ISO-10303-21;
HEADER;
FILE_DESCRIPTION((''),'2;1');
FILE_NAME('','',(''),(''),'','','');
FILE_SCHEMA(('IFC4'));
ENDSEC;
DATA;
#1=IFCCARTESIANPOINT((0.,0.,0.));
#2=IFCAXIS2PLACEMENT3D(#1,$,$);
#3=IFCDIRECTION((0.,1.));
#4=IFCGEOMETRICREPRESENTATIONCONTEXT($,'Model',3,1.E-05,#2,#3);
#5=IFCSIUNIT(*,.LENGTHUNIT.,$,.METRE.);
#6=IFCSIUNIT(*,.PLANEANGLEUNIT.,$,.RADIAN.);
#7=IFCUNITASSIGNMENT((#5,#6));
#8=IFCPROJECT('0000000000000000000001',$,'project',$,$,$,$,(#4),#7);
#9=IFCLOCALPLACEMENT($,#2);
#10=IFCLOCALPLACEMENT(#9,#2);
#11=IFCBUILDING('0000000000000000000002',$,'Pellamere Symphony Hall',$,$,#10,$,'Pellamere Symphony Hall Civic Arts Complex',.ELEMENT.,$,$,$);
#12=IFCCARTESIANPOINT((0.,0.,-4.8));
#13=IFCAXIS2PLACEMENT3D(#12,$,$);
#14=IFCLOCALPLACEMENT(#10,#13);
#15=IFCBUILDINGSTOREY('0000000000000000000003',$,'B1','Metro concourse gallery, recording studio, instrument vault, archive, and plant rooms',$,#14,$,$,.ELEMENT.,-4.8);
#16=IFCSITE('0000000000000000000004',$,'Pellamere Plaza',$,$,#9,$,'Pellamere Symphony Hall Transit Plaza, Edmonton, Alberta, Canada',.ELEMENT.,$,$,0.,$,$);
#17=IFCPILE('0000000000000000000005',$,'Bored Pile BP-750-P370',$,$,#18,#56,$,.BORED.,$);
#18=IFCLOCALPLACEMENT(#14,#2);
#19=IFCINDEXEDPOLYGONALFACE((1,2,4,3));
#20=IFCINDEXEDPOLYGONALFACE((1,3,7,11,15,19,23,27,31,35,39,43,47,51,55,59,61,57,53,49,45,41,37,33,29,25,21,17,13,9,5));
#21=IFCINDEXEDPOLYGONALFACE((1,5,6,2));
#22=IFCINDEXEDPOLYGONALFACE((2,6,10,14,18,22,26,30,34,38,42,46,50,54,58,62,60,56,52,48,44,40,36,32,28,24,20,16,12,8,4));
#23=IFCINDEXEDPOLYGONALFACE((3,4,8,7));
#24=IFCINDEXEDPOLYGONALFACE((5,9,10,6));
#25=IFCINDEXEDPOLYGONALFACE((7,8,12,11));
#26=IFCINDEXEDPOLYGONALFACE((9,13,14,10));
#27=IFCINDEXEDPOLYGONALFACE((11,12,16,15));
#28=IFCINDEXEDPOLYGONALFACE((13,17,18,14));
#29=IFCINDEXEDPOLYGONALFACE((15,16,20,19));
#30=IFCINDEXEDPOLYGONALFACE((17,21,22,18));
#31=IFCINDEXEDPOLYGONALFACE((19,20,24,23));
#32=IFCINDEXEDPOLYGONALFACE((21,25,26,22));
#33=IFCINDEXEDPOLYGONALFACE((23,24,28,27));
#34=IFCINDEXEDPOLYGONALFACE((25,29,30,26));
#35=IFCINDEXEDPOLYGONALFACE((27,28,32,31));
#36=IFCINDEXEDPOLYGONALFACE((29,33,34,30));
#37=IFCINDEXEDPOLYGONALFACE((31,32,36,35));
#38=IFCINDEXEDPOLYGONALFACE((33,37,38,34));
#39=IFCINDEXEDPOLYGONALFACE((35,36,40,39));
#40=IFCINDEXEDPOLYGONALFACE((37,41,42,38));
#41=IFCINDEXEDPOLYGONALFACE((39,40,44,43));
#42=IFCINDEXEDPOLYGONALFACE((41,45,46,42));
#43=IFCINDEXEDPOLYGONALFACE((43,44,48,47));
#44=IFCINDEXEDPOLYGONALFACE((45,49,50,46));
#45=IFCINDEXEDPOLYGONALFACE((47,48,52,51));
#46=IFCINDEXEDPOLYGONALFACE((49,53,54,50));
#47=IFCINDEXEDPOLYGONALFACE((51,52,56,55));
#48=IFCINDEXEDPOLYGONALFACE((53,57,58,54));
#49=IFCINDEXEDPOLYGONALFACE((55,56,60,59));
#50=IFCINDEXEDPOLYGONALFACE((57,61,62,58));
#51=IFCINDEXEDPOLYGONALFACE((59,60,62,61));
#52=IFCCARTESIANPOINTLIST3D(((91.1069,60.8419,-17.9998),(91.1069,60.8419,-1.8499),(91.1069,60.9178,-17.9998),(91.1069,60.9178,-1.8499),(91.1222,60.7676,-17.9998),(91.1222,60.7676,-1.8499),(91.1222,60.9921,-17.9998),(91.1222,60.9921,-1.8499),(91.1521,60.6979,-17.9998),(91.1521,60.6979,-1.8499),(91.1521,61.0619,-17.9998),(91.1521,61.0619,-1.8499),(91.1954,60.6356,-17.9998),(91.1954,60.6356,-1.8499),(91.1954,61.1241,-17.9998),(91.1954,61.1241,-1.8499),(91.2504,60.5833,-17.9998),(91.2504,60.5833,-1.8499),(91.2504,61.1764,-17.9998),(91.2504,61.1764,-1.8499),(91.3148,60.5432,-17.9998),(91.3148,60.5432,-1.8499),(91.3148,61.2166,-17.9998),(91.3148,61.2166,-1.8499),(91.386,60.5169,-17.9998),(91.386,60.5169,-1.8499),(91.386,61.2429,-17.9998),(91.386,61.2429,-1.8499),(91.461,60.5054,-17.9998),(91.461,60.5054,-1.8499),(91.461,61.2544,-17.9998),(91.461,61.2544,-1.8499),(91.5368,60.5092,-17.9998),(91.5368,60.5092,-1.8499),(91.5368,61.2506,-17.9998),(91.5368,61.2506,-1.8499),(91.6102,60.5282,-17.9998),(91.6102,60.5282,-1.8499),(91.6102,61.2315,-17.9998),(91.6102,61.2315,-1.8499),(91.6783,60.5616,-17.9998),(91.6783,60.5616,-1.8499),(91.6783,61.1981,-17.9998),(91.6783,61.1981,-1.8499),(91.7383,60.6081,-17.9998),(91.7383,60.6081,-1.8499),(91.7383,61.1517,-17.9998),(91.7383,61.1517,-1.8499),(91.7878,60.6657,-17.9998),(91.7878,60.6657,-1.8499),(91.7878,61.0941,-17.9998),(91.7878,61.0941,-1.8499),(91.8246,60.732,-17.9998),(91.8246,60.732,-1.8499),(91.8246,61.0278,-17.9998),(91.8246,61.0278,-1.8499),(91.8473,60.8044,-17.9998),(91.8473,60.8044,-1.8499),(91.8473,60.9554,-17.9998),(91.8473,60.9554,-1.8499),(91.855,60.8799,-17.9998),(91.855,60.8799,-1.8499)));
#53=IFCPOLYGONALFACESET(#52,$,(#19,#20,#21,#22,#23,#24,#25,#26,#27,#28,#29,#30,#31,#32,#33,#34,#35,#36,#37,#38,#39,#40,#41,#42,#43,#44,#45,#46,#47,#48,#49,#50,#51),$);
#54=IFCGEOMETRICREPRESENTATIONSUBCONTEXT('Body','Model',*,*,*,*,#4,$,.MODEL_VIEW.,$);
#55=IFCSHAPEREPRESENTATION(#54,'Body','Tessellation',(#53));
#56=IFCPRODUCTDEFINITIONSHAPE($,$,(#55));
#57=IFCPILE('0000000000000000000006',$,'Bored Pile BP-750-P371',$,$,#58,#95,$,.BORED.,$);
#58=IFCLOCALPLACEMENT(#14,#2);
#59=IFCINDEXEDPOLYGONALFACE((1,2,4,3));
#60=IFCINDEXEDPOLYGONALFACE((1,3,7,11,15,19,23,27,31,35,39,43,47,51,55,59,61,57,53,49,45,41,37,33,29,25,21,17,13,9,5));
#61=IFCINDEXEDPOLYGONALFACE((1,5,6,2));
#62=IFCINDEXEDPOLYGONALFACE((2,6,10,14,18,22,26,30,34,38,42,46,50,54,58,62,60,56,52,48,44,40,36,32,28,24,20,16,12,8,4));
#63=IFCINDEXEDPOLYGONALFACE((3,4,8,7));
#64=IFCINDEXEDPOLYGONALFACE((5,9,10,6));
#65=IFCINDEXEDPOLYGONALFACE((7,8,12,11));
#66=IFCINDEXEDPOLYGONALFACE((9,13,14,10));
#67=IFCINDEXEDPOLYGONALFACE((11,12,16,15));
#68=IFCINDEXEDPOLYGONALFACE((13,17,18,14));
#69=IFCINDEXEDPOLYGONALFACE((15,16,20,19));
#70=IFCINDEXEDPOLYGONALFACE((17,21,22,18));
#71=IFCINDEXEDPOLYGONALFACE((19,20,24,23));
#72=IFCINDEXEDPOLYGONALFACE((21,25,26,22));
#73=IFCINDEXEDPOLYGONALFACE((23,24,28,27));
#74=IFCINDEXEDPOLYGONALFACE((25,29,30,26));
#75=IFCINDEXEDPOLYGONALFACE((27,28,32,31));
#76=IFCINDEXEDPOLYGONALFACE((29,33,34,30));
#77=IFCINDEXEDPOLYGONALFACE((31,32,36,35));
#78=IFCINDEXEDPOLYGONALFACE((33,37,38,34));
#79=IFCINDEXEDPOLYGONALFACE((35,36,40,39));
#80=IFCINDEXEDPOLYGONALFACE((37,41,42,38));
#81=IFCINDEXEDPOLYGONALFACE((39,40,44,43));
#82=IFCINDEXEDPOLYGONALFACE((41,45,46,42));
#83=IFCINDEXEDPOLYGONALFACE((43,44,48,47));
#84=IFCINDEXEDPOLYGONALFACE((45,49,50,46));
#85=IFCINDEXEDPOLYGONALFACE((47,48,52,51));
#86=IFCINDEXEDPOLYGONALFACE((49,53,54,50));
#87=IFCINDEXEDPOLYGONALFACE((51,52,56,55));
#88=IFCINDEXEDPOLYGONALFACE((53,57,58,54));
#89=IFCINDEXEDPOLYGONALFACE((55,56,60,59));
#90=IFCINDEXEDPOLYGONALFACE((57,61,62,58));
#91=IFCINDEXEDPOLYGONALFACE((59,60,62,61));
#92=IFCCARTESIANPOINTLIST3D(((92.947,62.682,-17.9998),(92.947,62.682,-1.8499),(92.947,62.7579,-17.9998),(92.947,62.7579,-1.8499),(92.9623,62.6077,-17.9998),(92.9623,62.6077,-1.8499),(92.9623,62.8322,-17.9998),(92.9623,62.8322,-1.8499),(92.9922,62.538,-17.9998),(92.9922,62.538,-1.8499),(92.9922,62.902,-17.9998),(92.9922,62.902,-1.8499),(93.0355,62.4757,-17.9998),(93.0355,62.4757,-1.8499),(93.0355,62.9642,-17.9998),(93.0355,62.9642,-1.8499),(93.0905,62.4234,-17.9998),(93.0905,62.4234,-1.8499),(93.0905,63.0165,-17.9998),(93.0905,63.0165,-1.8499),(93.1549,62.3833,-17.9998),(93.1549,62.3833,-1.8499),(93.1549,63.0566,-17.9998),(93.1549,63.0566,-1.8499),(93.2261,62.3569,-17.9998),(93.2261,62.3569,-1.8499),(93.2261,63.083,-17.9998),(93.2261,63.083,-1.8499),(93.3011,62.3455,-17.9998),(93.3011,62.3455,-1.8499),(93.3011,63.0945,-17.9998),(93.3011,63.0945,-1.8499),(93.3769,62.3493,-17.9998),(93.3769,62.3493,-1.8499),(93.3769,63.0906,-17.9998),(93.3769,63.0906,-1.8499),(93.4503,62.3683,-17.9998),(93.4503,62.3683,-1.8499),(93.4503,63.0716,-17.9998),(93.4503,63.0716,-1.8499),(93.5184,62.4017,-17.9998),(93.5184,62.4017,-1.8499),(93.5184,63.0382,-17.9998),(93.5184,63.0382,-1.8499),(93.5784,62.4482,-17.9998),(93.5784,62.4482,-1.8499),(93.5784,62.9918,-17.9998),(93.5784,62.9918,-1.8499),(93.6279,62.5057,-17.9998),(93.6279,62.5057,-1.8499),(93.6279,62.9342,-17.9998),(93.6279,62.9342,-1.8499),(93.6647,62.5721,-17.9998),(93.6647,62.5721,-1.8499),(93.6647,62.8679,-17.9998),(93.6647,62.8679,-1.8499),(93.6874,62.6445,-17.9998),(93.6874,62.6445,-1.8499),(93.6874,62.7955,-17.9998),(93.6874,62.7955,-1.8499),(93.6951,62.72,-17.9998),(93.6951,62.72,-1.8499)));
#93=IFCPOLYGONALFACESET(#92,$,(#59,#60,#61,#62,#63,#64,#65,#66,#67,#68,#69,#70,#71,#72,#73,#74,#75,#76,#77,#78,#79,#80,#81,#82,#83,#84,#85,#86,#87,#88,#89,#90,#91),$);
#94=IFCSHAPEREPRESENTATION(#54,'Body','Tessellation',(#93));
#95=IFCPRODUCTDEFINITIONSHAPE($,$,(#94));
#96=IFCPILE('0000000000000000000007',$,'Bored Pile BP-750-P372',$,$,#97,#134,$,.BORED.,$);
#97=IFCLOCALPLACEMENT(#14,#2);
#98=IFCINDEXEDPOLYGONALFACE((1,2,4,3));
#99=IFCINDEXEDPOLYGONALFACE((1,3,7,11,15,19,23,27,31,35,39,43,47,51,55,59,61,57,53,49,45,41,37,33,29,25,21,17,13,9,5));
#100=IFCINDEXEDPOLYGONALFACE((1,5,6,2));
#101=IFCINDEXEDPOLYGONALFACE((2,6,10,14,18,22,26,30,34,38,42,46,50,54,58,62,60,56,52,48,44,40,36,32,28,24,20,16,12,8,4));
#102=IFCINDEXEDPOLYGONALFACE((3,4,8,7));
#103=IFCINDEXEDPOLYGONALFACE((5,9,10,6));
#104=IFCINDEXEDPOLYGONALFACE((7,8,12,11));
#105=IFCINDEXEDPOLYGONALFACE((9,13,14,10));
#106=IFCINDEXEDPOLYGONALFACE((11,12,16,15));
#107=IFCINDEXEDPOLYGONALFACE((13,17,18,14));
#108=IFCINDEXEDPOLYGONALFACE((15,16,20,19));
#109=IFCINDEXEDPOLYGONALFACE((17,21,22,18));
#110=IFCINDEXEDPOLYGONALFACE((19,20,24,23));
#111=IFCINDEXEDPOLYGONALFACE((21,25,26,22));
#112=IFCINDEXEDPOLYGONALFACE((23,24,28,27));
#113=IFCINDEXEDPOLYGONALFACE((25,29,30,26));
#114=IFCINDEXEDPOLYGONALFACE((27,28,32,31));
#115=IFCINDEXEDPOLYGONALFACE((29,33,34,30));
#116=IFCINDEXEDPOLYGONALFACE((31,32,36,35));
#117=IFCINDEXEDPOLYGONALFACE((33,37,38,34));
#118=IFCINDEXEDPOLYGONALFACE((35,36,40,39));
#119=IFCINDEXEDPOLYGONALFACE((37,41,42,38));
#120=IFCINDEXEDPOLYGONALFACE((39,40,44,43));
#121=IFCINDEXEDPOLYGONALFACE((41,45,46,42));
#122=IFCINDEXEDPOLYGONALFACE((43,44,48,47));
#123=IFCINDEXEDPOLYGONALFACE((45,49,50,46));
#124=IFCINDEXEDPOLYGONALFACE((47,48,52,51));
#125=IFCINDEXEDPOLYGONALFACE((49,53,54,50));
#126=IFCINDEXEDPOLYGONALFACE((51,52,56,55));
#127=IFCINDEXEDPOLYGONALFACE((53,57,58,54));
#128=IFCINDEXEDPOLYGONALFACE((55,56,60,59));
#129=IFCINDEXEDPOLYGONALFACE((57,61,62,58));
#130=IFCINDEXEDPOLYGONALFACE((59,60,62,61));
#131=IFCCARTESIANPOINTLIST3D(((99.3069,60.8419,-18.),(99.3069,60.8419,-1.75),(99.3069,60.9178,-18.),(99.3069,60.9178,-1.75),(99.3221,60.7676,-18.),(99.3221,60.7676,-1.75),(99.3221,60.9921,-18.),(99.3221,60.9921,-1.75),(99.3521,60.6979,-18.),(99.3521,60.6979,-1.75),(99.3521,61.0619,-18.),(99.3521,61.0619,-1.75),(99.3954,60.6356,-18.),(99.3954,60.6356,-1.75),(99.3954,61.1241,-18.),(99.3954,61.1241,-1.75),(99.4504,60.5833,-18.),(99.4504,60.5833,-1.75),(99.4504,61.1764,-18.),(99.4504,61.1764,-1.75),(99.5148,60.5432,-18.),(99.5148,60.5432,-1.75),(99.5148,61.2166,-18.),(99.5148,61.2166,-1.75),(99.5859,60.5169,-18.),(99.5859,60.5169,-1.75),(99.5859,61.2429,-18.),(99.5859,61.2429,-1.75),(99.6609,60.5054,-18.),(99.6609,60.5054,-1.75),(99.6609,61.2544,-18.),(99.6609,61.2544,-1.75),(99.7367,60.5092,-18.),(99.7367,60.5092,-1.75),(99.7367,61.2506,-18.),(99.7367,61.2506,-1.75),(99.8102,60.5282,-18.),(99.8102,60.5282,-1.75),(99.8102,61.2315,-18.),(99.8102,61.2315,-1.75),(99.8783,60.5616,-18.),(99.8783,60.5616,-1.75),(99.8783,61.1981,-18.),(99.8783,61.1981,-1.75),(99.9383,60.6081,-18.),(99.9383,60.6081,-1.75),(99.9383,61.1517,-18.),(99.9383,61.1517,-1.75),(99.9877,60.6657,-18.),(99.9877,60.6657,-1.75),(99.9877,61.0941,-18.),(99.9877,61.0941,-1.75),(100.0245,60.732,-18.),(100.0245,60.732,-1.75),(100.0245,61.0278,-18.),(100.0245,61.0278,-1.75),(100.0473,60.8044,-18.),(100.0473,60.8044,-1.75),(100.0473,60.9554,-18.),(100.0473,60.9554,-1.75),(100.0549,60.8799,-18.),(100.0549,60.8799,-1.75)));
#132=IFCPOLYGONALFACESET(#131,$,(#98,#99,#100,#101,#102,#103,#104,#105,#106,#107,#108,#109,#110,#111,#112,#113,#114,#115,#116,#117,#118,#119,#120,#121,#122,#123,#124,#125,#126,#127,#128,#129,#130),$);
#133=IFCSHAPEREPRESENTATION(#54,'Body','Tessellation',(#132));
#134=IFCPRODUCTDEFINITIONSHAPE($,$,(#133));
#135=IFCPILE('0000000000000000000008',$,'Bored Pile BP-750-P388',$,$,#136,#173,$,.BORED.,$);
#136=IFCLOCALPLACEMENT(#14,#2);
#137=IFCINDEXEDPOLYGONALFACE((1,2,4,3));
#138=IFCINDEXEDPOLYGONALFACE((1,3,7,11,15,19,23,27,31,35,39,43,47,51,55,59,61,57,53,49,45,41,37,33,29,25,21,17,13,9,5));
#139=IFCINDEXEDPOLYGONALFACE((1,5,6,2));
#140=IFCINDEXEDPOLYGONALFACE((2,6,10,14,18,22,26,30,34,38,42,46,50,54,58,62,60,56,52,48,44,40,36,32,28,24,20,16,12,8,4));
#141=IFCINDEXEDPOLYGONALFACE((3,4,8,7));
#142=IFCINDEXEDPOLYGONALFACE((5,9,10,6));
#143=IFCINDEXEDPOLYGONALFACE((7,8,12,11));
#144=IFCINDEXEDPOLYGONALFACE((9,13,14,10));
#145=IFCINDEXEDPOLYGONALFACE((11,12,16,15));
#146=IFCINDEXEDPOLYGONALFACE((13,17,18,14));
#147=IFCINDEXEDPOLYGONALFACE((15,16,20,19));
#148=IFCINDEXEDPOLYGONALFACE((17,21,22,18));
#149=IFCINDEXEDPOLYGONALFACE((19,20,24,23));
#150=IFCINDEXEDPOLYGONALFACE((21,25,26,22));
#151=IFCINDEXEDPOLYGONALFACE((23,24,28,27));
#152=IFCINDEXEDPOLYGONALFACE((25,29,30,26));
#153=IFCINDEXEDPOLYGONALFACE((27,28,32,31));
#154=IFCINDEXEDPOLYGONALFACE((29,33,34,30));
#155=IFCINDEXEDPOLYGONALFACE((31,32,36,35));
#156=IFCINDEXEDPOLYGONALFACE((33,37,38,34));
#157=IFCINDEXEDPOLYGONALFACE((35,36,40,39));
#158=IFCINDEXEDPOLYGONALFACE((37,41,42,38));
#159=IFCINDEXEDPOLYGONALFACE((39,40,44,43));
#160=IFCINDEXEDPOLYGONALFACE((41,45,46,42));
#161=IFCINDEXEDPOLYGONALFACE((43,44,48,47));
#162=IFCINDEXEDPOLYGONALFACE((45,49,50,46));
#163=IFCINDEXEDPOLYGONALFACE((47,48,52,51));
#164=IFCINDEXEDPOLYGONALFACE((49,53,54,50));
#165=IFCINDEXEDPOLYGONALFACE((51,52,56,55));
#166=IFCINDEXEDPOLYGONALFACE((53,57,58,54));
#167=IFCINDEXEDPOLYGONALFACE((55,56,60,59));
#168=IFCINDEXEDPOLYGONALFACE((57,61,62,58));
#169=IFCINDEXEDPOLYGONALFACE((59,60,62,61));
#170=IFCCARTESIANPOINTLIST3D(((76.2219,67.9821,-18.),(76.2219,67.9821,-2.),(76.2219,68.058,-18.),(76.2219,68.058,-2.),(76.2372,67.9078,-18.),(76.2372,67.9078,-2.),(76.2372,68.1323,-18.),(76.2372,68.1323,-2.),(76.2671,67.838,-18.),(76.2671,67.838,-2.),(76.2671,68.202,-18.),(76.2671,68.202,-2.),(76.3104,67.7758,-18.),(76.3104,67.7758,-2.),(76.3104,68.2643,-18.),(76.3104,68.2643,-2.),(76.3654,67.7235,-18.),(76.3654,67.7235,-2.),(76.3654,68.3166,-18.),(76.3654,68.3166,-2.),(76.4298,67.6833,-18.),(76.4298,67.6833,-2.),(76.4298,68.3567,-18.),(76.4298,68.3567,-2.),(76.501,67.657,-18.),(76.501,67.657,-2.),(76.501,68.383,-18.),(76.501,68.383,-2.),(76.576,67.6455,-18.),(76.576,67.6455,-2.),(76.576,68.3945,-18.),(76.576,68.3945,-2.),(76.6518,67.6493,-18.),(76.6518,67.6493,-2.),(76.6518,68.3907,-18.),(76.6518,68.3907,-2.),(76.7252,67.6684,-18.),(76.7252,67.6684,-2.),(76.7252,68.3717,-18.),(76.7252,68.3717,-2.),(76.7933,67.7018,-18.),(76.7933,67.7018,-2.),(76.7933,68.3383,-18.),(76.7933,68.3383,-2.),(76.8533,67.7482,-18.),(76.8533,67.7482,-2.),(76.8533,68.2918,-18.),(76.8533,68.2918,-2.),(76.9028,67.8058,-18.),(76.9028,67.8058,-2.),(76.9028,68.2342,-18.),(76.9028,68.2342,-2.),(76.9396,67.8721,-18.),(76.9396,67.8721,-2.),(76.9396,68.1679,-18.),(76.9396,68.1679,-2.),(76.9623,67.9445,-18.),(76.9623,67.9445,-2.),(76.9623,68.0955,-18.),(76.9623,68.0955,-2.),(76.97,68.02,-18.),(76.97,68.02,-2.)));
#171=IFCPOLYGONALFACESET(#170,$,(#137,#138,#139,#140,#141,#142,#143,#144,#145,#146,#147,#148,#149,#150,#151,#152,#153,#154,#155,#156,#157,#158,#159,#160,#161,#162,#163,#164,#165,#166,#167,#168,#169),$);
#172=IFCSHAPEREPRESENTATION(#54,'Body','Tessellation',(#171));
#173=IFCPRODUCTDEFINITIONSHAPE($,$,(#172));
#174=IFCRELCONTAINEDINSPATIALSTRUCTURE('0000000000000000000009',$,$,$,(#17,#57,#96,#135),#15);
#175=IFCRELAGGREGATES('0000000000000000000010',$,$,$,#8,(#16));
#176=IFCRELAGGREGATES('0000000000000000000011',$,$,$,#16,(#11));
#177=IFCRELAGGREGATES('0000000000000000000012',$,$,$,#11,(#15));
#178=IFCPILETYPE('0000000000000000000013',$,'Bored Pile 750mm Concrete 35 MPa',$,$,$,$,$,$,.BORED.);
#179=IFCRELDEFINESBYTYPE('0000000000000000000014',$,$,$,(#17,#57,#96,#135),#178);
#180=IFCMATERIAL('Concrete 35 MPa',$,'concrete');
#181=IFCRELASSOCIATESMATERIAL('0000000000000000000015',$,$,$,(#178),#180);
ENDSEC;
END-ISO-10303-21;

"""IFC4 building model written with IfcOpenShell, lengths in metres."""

from ifc_helpers import new_model, si_unit, direction, frame, origin, origin_2d, place, context, subcontext, project, spatial, circle, extrude, material, material_profile, profile_set, type_object, element, save


model = new_model("IFC4")

# Units and contexts
model_context = context("Model", 3, precision=1e-05, world=origin(), true_north=direction((0.0, 1.0)))
body_context = subcontext(model_context, "Body", "Model", "MODEL_VIEW")
ifc_project = project(units=[si_unit("LENGTHUNIT", "METRE"), si_unit("PLANEANGLEUNIT", "RADIAN")], contexts=[model_context])

# Site, building, storey
site_placement = place(None, origin())
site = spatial("IfcSite", under=ifc_project, at=site_placement, Name="Pellamere Plaza", LongName="Pellamere Symphony Hall Transit Plaza, Edmonton, Alberta, Canada", CompositionType="ELEMENT", RefElevation=0.0)
building_placement = place(site_placement, origin())
building = spatial("IfcBuilding", under=site, at=building_placement, Name="Pellamere Symphony Hall", LongName="Pellamere Symphony Hall Civic Arts Complex", CompositionType="ELEMENT")
storey_placement = place(building_placement, frame((0.0, 0.0, -4.8)))
storey = spatial("IfcBuildingStorey", under=building, at=storey_placement, Name="B1", Description="Metro concourse gallery, recording studio, instrument vault, archive, and plant rooms", CompositionType="ELEMENT", Elevation=-4.8)

# Piles
ifc_material_1 = material(Name="Concrete 35 MPa", Category="concrete")
ifc_material_profile_1 = material_profile(ifc_material_1, circle(Radius=0.375, at=origin_2d()), Name="PILE D750")
ifc_profile_set_1 = profile_set([ifc_material_profile_1], Name="Concrete 35 MPa")
pile_type = type_object("IfcPileType", Name="Bored Pile 750mm Concrete 35 MPa", PredefinedType="BORED", material=ifc_profile_set_1)
for number, where, z_axis, x_axis, name in (
    (1, (91.48, 60.8799, -1.8499), (0.0, 0.0, -1.0), (1.0, 0.0, 0.0), "Bored Pile BP-750-P370"),
    (2, (93.3201, 62.72, -1.8499), (0.0, 0.0, -1.0), (1.0, 0.0, 0.0), "Bored Pile BP-750-P371"),
):
    element("IfcPile", number, at=place(storey_placement, frame(where, z_axis=z_axis, x_axis=x_axis)), inside=storey, type_object=pile_type, Name=name, PredefinedType="BORED", context=body_context, shape_type="SweptSolid", body=[
        extrude(circle(Radius=0.375, at=origin_2d()), origin(), (0.0, 0.0, 1.0), 16.1499),
    ])
pile_1_placement = place(storey_placement, frame((99.6799, 60.8799, -1.75), z_axis=(0.0, 0.0, -1.0), x_axis=(1.0, 0.0, 0.0)))
element("IfcPile", 3, at=pile_1_placement, inside=storey, type_object=pile_type, Name="Bored Pile BP-750-P372", PredefinedType="BORED", context=body_context, shape_type="SweptSolid", body=[
    extrude(circle(Radius=0.375, at=origin_2d()), origin(), (0.0, 0.0, 1.0), 16.25),
])
pile_2_placement = place(storey_placement, frame((76.595, 68.02, -2.0), z_axis=(0.0, 0.0, -1.0), x_axis=(1.0, 0.0, 0.0)))
element("IfcPile", 4, at=pile_2_placement, inside=storey, type_object=pile_type, Name="Bored Pile BP-750-P388", PredefinedType="BORED", context=body_context, shape_type="SweptSolid", body=[
    extrude(circle(Radius=0.375, at=origin_2d()), origin(), (0.0, 0.0, 1.0), 16.0),
])

save(model, "model.ifc")
